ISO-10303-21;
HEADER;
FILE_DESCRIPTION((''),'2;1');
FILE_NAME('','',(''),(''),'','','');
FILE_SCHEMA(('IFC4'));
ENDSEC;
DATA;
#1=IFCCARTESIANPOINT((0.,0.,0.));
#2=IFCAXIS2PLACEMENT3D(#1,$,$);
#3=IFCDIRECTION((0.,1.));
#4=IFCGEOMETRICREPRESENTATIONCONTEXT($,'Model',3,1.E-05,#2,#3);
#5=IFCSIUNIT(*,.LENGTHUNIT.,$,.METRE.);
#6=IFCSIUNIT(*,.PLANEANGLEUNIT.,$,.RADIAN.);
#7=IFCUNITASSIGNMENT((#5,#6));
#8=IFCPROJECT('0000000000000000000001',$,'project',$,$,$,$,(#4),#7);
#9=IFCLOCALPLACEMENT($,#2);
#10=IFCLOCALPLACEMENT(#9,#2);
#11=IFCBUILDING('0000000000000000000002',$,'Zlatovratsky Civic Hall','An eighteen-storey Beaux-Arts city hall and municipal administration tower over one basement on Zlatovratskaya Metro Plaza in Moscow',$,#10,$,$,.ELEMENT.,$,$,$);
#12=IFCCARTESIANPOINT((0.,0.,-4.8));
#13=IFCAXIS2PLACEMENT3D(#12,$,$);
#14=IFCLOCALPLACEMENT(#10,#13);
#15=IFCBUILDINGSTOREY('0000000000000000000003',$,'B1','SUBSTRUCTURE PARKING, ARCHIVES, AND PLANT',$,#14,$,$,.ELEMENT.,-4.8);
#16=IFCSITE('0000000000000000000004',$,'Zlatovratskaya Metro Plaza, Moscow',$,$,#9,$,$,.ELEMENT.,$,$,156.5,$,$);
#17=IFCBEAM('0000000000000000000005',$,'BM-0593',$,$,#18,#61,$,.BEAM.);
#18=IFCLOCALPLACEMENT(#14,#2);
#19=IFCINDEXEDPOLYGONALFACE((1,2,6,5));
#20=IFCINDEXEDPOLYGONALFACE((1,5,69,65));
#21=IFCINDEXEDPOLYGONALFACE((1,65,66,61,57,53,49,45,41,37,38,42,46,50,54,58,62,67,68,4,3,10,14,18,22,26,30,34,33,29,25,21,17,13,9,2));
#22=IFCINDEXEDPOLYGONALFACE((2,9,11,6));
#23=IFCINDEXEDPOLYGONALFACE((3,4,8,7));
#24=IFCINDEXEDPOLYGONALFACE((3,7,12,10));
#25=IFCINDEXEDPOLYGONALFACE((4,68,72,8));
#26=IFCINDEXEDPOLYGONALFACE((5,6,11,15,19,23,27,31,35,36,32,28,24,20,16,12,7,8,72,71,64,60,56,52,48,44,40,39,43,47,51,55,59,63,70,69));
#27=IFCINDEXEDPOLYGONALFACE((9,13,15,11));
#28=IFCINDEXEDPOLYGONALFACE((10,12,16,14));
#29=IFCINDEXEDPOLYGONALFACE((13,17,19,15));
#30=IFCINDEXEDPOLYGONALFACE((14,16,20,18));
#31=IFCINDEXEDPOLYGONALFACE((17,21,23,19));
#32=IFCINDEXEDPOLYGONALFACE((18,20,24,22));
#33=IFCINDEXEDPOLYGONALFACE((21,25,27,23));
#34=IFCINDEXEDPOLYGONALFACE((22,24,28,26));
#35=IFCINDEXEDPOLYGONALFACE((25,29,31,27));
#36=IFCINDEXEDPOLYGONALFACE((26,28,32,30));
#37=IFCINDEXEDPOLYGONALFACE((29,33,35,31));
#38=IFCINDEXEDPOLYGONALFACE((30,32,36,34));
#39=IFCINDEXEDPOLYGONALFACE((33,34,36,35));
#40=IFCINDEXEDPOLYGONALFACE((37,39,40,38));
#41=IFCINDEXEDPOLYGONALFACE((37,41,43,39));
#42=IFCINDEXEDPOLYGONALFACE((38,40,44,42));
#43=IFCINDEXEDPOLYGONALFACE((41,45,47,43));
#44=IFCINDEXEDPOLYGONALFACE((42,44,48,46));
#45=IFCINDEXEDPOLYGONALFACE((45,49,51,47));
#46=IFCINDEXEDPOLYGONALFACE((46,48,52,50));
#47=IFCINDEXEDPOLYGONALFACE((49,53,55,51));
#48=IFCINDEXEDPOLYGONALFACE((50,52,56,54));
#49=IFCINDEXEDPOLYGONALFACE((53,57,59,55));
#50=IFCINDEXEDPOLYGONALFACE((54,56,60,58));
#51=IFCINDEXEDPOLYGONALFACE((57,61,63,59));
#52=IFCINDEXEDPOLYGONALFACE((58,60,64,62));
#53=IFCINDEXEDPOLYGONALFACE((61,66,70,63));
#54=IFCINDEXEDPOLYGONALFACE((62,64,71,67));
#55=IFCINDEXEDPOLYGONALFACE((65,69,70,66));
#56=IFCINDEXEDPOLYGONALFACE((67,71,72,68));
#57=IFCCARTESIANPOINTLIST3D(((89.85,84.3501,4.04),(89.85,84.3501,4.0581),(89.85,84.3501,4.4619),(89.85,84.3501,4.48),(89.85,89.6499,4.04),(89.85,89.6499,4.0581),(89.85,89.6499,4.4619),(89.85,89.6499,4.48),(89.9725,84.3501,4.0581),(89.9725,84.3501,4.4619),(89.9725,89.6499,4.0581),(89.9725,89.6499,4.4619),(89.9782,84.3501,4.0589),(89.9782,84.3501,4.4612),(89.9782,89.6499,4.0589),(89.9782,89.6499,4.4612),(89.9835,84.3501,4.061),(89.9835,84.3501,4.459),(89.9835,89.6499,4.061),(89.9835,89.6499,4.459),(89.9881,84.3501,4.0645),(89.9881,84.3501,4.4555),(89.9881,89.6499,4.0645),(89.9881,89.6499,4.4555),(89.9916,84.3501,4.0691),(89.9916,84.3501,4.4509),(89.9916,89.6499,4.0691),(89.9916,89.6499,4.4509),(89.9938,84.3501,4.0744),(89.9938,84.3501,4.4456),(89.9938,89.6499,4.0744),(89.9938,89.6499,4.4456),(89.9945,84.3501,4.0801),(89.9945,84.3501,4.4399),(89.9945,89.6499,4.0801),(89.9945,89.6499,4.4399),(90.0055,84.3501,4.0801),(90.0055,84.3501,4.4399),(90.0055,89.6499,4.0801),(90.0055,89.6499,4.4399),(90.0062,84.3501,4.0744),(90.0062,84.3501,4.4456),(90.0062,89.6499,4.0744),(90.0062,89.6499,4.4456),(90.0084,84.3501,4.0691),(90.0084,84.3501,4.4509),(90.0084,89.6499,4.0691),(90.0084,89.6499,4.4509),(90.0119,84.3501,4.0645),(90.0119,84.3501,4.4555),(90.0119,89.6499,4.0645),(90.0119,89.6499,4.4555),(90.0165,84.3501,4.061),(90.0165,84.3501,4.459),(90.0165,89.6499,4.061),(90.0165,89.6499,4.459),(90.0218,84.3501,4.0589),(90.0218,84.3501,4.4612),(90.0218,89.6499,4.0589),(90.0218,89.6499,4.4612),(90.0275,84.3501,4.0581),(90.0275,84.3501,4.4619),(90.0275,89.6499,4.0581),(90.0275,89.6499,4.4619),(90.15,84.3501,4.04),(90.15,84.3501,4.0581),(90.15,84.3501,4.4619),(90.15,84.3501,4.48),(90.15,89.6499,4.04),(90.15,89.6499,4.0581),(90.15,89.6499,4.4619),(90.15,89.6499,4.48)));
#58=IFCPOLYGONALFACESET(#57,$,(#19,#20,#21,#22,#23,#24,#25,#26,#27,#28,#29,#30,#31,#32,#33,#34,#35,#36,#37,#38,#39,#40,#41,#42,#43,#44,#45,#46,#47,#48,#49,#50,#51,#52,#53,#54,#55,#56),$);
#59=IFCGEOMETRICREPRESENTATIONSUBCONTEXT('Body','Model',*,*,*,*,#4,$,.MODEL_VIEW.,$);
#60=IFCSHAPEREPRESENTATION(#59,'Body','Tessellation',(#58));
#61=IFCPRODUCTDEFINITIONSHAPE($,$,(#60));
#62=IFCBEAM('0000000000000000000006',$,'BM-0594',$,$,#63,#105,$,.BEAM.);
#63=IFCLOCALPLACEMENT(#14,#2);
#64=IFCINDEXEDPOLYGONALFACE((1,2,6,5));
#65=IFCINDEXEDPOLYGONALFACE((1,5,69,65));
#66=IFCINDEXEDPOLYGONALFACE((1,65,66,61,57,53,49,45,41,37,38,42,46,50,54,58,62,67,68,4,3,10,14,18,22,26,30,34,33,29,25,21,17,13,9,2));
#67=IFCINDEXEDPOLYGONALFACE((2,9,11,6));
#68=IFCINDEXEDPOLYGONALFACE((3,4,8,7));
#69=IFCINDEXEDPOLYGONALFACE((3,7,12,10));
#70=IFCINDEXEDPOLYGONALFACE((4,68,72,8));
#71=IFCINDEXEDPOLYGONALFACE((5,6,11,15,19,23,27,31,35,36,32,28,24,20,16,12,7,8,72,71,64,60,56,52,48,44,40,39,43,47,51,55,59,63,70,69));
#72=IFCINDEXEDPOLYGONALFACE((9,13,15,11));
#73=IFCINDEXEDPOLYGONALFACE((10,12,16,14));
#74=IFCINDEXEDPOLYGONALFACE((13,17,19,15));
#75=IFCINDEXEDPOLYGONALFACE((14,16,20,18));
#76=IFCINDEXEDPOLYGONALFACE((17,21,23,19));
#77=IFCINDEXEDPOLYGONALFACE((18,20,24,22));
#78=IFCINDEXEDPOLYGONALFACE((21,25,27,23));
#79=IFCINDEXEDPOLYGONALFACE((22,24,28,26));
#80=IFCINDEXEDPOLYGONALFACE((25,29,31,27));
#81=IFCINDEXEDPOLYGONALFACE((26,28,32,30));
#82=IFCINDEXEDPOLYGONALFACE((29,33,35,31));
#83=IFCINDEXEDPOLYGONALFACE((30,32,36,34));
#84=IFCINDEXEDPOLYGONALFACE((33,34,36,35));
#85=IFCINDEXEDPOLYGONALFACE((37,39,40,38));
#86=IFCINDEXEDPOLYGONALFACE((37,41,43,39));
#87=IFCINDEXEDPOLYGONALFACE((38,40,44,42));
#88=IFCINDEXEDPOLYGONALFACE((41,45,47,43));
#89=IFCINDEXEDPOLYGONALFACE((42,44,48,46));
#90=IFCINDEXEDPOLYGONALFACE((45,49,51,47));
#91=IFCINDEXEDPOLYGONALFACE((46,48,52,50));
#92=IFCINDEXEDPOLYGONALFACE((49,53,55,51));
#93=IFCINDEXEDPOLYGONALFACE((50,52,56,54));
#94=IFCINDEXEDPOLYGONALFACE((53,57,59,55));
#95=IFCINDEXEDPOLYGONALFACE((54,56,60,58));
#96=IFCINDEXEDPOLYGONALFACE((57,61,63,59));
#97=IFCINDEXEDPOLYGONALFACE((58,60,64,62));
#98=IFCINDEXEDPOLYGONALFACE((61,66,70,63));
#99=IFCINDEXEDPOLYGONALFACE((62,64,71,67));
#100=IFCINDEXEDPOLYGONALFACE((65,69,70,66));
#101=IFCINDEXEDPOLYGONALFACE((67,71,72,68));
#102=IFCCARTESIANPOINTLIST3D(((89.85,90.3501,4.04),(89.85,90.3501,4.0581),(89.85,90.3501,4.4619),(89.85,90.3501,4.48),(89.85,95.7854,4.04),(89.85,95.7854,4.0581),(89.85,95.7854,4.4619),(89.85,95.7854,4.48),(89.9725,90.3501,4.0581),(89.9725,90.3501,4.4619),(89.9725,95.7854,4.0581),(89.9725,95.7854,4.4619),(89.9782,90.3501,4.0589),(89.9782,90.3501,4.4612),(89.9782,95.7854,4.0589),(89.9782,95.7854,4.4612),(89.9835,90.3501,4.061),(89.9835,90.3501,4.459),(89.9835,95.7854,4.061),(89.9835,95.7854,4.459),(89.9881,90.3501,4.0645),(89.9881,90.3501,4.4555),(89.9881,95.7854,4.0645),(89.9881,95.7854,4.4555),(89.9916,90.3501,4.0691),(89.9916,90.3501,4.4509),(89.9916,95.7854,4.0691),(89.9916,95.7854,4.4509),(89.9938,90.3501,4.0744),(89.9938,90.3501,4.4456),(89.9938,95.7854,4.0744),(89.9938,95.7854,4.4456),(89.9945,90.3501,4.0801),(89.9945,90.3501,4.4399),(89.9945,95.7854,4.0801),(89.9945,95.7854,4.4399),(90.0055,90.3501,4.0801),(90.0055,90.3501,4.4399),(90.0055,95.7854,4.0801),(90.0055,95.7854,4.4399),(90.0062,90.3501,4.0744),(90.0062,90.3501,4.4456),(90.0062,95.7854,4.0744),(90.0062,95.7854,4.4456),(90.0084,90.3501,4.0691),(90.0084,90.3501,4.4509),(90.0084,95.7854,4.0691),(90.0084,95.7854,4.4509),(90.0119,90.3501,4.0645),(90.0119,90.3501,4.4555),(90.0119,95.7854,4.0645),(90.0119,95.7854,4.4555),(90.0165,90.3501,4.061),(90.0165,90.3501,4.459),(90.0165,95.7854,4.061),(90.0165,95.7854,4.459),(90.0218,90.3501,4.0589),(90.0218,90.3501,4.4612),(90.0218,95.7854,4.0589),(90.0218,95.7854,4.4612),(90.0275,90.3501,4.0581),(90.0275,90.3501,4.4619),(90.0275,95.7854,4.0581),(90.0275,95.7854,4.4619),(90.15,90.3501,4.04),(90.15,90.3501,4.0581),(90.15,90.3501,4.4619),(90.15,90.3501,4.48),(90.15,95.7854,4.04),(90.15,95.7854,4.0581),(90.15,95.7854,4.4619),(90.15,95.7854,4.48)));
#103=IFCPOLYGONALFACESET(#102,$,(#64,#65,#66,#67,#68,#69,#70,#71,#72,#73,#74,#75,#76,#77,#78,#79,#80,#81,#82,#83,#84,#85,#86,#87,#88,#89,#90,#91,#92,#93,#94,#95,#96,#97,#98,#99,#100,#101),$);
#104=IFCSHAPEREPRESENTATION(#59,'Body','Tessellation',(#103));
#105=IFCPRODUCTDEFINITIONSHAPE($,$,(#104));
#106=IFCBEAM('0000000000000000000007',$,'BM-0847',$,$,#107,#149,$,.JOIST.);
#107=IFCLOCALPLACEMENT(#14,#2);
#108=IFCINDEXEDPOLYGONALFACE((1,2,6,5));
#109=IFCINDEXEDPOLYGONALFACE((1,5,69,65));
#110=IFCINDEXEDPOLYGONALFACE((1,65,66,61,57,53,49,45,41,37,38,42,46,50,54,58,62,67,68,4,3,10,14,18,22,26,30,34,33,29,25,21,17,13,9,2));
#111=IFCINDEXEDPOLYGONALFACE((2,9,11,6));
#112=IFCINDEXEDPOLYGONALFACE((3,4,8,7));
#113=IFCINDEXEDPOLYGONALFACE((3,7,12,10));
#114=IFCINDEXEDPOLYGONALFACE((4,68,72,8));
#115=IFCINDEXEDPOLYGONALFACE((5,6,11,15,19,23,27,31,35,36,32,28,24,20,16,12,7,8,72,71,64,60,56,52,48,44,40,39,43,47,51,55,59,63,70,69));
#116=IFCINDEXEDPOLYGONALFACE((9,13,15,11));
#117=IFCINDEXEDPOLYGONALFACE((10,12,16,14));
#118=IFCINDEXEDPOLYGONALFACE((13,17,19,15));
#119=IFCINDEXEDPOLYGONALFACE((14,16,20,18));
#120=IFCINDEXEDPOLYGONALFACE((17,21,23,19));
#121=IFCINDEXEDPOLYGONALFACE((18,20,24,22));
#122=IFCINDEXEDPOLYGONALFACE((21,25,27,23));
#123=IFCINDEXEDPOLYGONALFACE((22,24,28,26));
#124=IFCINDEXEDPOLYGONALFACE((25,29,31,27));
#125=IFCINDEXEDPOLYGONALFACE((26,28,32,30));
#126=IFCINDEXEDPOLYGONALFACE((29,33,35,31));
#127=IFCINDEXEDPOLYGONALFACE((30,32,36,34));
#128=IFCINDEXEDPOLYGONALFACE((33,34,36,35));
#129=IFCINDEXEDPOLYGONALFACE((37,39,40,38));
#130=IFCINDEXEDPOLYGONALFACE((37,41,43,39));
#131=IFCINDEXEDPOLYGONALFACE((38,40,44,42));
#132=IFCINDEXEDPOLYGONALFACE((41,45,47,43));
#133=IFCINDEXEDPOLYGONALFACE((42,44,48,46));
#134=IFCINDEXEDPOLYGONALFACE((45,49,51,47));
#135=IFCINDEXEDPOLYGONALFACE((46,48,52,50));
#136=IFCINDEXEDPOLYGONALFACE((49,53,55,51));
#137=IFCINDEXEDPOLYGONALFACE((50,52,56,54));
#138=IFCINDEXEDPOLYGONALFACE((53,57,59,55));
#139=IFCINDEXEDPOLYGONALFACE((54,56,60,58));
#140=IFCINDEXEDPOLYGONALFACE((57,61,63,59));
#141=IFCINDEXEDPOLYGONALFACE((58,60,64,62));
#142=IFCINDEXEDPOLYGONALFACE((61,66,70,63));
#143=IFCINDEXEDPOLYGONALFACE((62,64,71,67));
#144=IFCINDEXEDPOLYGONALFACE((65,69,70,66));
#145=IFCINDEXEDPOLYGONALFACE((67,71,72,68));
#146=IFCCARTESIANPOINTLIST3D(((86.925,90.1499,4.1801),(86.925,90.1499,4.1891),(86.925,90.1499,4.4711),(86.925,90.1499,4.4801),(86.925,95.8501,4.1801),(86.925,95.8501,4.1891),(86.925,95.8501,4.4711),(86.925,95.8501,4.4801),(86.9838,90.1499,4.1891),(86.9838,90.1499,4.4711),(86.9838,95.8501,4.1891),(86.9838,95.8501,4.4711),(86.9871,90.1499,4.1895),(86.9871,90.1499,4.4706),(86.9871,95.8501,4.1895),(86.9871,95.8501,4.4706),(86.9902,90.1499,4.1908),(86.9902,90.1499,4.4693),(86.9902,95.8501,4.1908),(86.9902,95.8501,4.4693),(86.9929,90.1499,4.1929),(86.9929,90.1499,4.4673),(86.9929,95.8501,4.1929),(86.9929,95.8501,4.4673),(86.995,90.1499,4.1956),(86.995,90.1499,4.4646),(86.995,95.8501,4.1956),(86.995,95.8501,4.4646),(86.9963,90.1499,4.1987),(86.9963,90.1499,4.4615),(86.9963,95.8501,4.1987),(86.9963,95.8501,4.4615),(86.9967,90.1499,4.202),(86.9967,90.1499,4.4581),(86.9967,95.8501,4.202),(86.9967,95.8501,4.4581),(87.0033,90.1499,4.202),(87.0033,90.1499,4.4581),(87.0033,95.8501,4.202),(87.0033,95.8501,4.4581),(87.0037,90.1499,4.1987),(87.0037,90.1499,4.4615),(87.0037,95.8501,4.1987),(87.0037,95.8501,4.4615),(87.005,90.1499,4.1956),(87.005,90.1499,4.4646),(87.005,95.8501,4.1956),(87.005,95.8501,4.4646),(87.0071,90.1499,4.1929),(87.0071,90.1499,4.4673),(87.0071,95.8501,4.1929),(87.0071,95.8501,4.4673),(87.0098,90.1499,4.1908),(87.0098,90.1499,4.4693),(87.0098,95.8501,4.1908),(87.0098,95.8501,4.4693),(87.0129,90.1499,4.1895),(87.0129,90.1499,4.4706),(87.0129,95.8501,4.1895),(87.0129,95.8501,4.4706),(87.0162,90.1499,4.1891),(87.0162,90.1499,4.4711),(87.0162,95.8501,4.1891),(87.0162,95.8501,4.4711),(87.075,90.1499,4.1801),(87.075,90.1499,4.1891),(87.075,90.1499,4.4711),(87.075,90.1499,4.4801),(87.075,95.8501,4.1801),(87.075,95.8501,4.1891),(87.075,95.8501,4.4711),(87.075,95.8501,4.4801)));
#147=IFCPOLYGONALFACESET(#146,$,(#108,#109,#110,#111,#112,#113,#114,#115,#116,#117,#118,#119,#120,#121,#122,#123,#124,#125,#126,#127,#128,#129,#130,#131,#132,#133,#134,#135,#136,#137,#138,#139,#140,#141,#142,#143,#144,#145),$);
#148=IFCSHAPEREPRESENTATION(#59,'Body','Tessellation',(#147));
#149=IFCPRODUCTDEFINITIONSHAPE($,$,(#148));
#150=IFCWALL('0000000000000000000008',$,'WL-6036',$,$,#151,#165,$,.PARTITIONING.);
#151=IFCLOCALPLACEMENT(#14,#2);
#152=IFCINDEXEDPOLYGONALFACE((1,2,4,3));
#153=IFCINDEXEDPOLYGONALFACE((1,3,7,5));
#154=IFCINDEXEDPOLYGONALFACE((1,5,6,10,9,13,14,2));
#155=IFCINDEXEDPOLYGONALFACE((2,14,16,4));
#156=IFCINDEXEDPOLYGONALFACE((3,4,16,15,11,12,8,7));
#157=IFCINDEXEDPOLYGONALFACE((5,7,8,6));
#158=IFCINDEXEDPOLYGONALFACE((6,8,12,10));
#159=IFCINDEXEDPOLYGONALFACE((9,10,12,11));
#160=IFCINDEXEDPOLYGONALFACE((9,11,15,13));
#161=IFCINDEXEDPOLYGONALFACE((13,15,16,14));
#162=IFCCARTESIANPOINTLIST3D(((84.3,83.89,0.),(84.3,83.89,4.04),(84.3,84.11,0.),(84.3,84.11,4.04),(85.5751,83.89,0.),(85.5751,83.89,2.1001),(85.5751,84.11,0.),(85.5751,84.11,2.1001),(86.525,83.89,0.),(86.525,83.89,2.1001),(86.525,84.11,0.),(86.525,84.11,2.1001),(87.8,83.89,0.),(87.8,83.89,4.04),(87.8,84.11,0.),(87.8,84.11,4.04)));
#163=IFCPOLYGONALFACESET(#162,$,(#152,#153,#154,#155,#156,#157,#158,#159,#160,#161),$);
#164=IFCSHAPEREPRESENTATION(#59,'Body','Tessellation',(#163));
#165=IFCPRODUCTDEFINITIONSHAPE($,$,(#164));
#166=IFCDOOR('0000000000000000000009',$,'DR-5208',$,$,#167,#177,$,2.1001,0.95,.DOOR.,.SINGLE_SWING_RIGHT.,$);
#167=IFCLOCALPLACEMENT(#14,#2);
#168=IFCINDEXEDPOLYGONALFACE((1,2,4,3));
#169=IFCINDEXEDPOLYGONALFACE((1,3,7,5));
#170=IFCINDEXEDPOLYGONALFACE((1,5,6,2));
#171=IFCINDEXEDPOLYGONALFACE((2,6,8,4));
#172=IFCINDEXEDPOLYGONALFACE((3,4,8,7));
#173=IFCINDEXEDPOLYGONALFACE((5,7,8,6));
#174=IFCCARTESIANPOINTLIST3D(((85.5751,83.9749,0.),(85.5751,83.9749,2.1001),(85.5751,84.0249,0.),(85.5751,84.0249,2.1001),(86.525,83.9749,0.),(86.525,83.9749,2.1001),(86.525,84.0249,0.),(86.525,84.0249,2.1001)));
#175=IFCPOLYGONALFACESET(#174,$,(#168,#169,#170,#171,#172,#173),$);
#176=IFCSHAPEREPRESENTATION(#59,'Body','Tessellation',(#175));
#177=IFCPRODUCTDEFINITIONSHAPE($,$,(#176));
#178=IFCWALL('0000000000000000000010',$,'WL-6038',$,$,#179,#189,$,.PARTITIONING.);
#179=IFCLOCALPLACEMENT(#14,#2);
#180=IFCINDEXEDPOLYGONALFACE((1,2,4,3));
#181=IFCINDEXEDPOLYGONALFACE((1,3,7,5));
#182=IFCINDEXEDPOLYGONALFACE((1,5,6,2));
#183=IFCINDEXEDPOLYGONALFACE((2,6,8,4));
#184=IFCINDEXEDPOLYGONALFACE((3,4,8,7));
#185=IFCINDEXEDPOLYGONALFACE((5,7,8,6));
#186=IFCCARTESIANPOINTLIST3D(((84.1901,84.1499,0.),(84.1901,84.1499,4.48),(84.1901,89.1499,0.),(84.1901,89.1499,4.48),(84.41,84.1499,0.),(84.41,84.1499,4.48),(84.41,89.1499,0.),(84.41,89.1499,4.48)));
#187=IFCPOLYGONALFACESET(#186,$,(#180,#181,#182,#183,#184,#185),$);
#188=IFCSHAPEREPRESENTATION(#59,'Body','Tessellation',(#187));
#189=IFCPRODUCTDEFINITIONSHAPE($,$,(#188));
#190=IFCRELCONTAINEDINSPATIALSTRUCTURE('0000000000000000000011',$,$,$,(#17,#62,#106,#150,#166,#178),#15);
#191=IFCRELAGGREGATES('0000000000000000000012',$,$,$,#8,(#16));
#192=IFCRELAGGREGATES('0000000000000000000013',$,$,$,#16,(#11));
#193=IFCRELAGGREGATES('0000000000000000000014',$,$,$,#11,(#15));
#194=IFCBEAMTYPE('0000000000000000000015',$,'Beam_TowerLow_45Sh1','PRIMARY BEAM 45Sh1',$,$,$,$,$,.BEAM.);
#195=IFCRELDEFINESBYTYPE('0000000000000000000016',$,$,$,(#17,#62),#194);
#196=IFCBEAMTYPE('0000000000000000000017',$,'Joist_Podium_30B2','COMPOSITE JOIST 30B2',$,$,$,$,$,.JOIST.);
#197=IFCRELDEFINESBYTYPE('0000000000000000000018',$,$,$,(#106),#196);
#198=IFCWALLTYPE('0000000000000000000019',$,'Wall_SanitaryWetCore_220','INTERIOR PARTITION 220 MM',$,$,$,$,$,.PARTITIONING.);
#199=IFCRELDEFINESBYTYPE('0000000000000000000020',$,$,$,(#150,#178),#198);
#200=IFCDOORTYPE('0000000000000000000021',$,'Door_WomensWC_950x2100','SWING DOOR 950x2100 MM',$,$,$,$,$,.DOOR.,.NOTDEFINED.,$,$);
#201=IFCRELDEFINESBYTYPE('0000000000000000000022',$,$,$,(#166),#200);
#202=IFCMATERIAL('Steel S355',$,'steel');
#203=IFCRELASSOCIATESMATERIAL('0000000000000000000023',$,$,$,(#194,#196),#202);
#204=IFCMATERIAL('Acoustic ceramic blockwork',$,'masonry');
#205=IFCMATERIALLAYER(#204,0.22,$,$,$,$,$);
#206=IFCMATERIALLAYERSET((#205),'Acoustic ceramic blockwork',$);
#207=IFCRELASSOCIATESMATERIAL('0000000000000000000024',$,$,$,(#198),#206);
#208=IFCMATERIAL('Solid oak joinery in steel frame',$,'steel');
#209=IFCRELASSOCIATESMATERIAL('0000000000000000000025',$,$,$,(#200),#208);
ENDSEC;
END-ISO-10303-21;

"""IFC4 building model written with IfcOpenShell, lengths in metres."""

from ifc_helpers import new_model, si_unit, direction, frame, frame_2d, origin, origin_2d, place, context, subcontext, project, spatial, rectangle, i_section, extrude, material, layer, layer_set, material_profile, profile_set, type_object, element, fill, save


model = new_model("IFC4")

# Units and contexts
model_context = context("Model", 3, precision=1e-05, world=origin(), true_north=direction((0.0, 1.0)))
body_context = subcontext(model_context, "Body", "Model", "MODEL_VIEW")
ifc_project = project(units=[si_unit("LENGTHUNIT", "METRE"), si_unit("PLANEANGLEUNIT", "RADIAN")], contexts=[model_context])

# Site, building, storey
site_placement = place(None, origin())
site = spatial("IfcSite", under=ifc_project, at=site_placement, Name="Zlatovratskaya Metro Plaza, Moscow", CompositionType="ELEMENT", RefElevation=156.5)
building_placement = place(site_placement, origin())
building = spatial("IfcBuilding", under=site, at=building_placement, Name="Zlatovratsky Civic Hall", Description="An eighteen-storey Beaux-Arts city hall and municipal administration tower over one basement on Zlatovratskaya Metro Plaza in Moscow", CompositionType="ELEMENT")
storey_placement = place(building_placement, frame((0.0, 0.0, -4.8)))
storey = spatial("IfcBuildingStorey", under=building, at=storey_placement, Name="B1", Description="SUBSTRUCTURE PARKING, ARCHIVES, AND PLANT", CompositionType="ELEMENT", Elevation=-4.8)

# Beams
ifc_material_1 = material(Name="Steel S355", Category="steel")
ifc_material_profile_1 = material_profile(ifc_material_1, i_section(OverallWidth=0.3, OverallDepth=0.4399, WebThickness=0.011, FlangeThickness=0.0181, FilletRadius=0.022, at=origin_2d()), Name="45Sh1")
ifc_profile_set_1 = profile_set([ifc_material_profile_1], Name="Steel S355")
beam_type_1 = type_object("IfcBeamType", Name="Beam_TowerLow_45Sh1", Description="PRIMARY BEAM 45Sh1", PredefinedType="BEAM", material=ifc_profile_set_1)
beam_1_placement = place(storey_placement, frame((90.0, 84.3501, 4.26), z_axis=(0.0, 1.0, 0.0), x_axis=(-1.0, 0.0, 0.0)))
element("IfcBeam", 1, at=beam_1_placement, inside=storey, type_object=beam_type_1, Name="BM-0593", PredefinedType="BEAM", context=body_context, shape_type="SweptSolid", body=[
    extrude(i_section(OverallWidth=0.3, OverallDepth=0.4399, WebThickness=0.011, FlangeThickness=0.0181, FilletRadius=0.022, at=origin_2d()), origin(), (0.0, 0.0, 1.0), 5.2998),
])
beam_2_placement = place(storey_placement, frame((90.0, 90.3501, 4.26), z_axis=(0.0, 1.0, 0.0), x_axis=(-1.0, 0.0, 0.0)))
element("IfcBeam", 2, at=beam_2_placement, inside=storey, type_object=beam_type_1, Name="BM-0594", PredefinedType="BEAM", context=body_context, shape_type="SweptSolid", body=[
    extrude(i_section(OverallWidth=0.3, OverallDepth=0.4399, WebThickness=0.011, FlangeThickness=0.0181, FilletRadius=0.022, at=origin_2d()), origin(), (0.0, 0.0, 1.0), 5.4353),
])
ifc_material_profile_2 = material_profile(ifc_material_1, i_section(OverallWidth=0.1499, OverallDepth=0.3, WebThickness=0.0066, FlangeThickness=0.009, FilletRadius=0.0129, at=origin_2d()), Name="30B2")
ifc_profile_set_2 = profile_set([ifc_material_profile_2], Name="Steel S355")
beam_type_2 = type_object("IfcBeamType", Name="Joist_Podium_30B2", Description="COMPOSITE JOIST 30B2", PredefinedType="JOIST", material=ifc_profile_set_2)
beam_3_placement = place(storey_placement, frame((87.0, 90.1499, 4.3301), z_axis=(0.0, 1.0, 0.0), x_axis=(-1.0, 0.0, 0.0)))
element("IfcBeam", 3, at=beam_3_placement, inside=storey, type_object=beam_type_2, Name="BM-0847", PredefinedType="JOIST", context=body_context, shape_type="SweptSolid", body=[
    extrude(i_section(OverallWidth=0.1499, OverallDepth=0.3, WebThickness=0.0066, FlangeThickness=0.009, FilletRadius=0.0129, at=origin_2d()), origin(), (0.0, 0.0, 1.0), 5.7002),
])

# Wall, opening, door
ifc_material_2 = material(Name="Acoustic ceramic blockwork", Category="masonry")
ifc_layer = layer(ifc_material_2, 0.22)
ifc_layer_set = layer_set([ifc_layer], Name="Acoustic ceramic blockwork")
wall_type = type_object("IfcWallType", Name="Wall_SanitaryWetCore_220", Description="INTERIOR PARTITION 220 MM", PredefinedType="PARTITIONING", material=ifc_layer_set)
wall_1_placement = place(storey_placement, frame((84.3, 84.0, 0.0), z_axis=(0.0, 0.0, 1.0), x_axis=(1.0, 0.0, 0.0)))
wall_1 = element("IfcWall", 4, at=wall_1_placement, inside=storey, type_object=wall_type, Name="WL-6036", PredefinedType="PARTITIONING", context=body_context, shape_type="SweptSolid", body=[
    extrude(rectangle(XDim=3.5, YDim=0.22, at=frame_2d((1.75, 0.0))), origin(), (0.0, 0.0, 1.0), 4.04),
])
opening_1_placement = place(wall_1_placement, frame((1.2749, 0.0, 0.0)))
opening_1 = element("IfcOpeningElement", 5, at=opening_1_placement, cuts=wall_1, PredefinedType="OPENING", context=body_context, shape_type="SweptSolid", body=[
    extrude(rectangle(XDim=0.95, YDim=2.1001, at=frame_2d((0.4751, 1.05))), frame((0.0, 0.125, 0.0), z_axis=(0.0, -1.0, 0.0), x_axis=(1.0, 0.0, 0.0)), (0.0, 0.0, 1.0), 0.2498),
])
ifc_material_3 = material(Name="Solid oak joinery in steel frame", Category="steel")
door_type_1 = type_object("IfcDoorType", Name="Door_WomensWC_950x2100", Description="SWING DOOR 950x2100 MM", OperationType="NOTDEFINED", PredefinedType="DOOR", material=ifc_material_3)
door_1_placement = place(opening_1_placement, origin())
door_1 = element("IfcDoor", 6, at=door_1_placement, inside=storey, type_object=door_type_1, Name="DR-5208", OperationType="SINGLE_SWING_RIGHT", OverallHeight=2.1001, OverallWidth=0.95, PredefinedType="DOOR", context=body_context, shape_type="SweptSolid", body=[
    extrude(rectangle(XDim=0.95, YDim=2.1001, at=frame_2d((0.4751, 1.05))), frame((0.0, 0.0249, 0.0), z_axis=(0.0, -1.0, 0.0), x_axis=(1.0, 0.0, 0.0)), (0.0, 0.0, 1.0), 0.05),
])
fill(opening_1, door_1)

# Wall
for number, where, z_axis, x_axis, name in (
    (7, (84.3, 84.1499, 0.0), (0.0, 0.0, 1.0), (0.0, 1.0, 0.0), "WL-6038"),
):
    element("IfcWall", number, at=place(storey_placement, frame(where, z_axis=z_axis, x_axis=x_axis)), inside=storey, type_object=wall_type, Name=name, PredefinedType="PARTITIONING", context=body_context, shape_type="SweptSolid", body=[
        extrude(rectangle(XDim=5.0, YDim=0.22, at=frame_2d((2.5, 0.0))), origin(), (0.0, 0.0, 1.0), 4.48),
    ])

save(model, "model.ifc")
